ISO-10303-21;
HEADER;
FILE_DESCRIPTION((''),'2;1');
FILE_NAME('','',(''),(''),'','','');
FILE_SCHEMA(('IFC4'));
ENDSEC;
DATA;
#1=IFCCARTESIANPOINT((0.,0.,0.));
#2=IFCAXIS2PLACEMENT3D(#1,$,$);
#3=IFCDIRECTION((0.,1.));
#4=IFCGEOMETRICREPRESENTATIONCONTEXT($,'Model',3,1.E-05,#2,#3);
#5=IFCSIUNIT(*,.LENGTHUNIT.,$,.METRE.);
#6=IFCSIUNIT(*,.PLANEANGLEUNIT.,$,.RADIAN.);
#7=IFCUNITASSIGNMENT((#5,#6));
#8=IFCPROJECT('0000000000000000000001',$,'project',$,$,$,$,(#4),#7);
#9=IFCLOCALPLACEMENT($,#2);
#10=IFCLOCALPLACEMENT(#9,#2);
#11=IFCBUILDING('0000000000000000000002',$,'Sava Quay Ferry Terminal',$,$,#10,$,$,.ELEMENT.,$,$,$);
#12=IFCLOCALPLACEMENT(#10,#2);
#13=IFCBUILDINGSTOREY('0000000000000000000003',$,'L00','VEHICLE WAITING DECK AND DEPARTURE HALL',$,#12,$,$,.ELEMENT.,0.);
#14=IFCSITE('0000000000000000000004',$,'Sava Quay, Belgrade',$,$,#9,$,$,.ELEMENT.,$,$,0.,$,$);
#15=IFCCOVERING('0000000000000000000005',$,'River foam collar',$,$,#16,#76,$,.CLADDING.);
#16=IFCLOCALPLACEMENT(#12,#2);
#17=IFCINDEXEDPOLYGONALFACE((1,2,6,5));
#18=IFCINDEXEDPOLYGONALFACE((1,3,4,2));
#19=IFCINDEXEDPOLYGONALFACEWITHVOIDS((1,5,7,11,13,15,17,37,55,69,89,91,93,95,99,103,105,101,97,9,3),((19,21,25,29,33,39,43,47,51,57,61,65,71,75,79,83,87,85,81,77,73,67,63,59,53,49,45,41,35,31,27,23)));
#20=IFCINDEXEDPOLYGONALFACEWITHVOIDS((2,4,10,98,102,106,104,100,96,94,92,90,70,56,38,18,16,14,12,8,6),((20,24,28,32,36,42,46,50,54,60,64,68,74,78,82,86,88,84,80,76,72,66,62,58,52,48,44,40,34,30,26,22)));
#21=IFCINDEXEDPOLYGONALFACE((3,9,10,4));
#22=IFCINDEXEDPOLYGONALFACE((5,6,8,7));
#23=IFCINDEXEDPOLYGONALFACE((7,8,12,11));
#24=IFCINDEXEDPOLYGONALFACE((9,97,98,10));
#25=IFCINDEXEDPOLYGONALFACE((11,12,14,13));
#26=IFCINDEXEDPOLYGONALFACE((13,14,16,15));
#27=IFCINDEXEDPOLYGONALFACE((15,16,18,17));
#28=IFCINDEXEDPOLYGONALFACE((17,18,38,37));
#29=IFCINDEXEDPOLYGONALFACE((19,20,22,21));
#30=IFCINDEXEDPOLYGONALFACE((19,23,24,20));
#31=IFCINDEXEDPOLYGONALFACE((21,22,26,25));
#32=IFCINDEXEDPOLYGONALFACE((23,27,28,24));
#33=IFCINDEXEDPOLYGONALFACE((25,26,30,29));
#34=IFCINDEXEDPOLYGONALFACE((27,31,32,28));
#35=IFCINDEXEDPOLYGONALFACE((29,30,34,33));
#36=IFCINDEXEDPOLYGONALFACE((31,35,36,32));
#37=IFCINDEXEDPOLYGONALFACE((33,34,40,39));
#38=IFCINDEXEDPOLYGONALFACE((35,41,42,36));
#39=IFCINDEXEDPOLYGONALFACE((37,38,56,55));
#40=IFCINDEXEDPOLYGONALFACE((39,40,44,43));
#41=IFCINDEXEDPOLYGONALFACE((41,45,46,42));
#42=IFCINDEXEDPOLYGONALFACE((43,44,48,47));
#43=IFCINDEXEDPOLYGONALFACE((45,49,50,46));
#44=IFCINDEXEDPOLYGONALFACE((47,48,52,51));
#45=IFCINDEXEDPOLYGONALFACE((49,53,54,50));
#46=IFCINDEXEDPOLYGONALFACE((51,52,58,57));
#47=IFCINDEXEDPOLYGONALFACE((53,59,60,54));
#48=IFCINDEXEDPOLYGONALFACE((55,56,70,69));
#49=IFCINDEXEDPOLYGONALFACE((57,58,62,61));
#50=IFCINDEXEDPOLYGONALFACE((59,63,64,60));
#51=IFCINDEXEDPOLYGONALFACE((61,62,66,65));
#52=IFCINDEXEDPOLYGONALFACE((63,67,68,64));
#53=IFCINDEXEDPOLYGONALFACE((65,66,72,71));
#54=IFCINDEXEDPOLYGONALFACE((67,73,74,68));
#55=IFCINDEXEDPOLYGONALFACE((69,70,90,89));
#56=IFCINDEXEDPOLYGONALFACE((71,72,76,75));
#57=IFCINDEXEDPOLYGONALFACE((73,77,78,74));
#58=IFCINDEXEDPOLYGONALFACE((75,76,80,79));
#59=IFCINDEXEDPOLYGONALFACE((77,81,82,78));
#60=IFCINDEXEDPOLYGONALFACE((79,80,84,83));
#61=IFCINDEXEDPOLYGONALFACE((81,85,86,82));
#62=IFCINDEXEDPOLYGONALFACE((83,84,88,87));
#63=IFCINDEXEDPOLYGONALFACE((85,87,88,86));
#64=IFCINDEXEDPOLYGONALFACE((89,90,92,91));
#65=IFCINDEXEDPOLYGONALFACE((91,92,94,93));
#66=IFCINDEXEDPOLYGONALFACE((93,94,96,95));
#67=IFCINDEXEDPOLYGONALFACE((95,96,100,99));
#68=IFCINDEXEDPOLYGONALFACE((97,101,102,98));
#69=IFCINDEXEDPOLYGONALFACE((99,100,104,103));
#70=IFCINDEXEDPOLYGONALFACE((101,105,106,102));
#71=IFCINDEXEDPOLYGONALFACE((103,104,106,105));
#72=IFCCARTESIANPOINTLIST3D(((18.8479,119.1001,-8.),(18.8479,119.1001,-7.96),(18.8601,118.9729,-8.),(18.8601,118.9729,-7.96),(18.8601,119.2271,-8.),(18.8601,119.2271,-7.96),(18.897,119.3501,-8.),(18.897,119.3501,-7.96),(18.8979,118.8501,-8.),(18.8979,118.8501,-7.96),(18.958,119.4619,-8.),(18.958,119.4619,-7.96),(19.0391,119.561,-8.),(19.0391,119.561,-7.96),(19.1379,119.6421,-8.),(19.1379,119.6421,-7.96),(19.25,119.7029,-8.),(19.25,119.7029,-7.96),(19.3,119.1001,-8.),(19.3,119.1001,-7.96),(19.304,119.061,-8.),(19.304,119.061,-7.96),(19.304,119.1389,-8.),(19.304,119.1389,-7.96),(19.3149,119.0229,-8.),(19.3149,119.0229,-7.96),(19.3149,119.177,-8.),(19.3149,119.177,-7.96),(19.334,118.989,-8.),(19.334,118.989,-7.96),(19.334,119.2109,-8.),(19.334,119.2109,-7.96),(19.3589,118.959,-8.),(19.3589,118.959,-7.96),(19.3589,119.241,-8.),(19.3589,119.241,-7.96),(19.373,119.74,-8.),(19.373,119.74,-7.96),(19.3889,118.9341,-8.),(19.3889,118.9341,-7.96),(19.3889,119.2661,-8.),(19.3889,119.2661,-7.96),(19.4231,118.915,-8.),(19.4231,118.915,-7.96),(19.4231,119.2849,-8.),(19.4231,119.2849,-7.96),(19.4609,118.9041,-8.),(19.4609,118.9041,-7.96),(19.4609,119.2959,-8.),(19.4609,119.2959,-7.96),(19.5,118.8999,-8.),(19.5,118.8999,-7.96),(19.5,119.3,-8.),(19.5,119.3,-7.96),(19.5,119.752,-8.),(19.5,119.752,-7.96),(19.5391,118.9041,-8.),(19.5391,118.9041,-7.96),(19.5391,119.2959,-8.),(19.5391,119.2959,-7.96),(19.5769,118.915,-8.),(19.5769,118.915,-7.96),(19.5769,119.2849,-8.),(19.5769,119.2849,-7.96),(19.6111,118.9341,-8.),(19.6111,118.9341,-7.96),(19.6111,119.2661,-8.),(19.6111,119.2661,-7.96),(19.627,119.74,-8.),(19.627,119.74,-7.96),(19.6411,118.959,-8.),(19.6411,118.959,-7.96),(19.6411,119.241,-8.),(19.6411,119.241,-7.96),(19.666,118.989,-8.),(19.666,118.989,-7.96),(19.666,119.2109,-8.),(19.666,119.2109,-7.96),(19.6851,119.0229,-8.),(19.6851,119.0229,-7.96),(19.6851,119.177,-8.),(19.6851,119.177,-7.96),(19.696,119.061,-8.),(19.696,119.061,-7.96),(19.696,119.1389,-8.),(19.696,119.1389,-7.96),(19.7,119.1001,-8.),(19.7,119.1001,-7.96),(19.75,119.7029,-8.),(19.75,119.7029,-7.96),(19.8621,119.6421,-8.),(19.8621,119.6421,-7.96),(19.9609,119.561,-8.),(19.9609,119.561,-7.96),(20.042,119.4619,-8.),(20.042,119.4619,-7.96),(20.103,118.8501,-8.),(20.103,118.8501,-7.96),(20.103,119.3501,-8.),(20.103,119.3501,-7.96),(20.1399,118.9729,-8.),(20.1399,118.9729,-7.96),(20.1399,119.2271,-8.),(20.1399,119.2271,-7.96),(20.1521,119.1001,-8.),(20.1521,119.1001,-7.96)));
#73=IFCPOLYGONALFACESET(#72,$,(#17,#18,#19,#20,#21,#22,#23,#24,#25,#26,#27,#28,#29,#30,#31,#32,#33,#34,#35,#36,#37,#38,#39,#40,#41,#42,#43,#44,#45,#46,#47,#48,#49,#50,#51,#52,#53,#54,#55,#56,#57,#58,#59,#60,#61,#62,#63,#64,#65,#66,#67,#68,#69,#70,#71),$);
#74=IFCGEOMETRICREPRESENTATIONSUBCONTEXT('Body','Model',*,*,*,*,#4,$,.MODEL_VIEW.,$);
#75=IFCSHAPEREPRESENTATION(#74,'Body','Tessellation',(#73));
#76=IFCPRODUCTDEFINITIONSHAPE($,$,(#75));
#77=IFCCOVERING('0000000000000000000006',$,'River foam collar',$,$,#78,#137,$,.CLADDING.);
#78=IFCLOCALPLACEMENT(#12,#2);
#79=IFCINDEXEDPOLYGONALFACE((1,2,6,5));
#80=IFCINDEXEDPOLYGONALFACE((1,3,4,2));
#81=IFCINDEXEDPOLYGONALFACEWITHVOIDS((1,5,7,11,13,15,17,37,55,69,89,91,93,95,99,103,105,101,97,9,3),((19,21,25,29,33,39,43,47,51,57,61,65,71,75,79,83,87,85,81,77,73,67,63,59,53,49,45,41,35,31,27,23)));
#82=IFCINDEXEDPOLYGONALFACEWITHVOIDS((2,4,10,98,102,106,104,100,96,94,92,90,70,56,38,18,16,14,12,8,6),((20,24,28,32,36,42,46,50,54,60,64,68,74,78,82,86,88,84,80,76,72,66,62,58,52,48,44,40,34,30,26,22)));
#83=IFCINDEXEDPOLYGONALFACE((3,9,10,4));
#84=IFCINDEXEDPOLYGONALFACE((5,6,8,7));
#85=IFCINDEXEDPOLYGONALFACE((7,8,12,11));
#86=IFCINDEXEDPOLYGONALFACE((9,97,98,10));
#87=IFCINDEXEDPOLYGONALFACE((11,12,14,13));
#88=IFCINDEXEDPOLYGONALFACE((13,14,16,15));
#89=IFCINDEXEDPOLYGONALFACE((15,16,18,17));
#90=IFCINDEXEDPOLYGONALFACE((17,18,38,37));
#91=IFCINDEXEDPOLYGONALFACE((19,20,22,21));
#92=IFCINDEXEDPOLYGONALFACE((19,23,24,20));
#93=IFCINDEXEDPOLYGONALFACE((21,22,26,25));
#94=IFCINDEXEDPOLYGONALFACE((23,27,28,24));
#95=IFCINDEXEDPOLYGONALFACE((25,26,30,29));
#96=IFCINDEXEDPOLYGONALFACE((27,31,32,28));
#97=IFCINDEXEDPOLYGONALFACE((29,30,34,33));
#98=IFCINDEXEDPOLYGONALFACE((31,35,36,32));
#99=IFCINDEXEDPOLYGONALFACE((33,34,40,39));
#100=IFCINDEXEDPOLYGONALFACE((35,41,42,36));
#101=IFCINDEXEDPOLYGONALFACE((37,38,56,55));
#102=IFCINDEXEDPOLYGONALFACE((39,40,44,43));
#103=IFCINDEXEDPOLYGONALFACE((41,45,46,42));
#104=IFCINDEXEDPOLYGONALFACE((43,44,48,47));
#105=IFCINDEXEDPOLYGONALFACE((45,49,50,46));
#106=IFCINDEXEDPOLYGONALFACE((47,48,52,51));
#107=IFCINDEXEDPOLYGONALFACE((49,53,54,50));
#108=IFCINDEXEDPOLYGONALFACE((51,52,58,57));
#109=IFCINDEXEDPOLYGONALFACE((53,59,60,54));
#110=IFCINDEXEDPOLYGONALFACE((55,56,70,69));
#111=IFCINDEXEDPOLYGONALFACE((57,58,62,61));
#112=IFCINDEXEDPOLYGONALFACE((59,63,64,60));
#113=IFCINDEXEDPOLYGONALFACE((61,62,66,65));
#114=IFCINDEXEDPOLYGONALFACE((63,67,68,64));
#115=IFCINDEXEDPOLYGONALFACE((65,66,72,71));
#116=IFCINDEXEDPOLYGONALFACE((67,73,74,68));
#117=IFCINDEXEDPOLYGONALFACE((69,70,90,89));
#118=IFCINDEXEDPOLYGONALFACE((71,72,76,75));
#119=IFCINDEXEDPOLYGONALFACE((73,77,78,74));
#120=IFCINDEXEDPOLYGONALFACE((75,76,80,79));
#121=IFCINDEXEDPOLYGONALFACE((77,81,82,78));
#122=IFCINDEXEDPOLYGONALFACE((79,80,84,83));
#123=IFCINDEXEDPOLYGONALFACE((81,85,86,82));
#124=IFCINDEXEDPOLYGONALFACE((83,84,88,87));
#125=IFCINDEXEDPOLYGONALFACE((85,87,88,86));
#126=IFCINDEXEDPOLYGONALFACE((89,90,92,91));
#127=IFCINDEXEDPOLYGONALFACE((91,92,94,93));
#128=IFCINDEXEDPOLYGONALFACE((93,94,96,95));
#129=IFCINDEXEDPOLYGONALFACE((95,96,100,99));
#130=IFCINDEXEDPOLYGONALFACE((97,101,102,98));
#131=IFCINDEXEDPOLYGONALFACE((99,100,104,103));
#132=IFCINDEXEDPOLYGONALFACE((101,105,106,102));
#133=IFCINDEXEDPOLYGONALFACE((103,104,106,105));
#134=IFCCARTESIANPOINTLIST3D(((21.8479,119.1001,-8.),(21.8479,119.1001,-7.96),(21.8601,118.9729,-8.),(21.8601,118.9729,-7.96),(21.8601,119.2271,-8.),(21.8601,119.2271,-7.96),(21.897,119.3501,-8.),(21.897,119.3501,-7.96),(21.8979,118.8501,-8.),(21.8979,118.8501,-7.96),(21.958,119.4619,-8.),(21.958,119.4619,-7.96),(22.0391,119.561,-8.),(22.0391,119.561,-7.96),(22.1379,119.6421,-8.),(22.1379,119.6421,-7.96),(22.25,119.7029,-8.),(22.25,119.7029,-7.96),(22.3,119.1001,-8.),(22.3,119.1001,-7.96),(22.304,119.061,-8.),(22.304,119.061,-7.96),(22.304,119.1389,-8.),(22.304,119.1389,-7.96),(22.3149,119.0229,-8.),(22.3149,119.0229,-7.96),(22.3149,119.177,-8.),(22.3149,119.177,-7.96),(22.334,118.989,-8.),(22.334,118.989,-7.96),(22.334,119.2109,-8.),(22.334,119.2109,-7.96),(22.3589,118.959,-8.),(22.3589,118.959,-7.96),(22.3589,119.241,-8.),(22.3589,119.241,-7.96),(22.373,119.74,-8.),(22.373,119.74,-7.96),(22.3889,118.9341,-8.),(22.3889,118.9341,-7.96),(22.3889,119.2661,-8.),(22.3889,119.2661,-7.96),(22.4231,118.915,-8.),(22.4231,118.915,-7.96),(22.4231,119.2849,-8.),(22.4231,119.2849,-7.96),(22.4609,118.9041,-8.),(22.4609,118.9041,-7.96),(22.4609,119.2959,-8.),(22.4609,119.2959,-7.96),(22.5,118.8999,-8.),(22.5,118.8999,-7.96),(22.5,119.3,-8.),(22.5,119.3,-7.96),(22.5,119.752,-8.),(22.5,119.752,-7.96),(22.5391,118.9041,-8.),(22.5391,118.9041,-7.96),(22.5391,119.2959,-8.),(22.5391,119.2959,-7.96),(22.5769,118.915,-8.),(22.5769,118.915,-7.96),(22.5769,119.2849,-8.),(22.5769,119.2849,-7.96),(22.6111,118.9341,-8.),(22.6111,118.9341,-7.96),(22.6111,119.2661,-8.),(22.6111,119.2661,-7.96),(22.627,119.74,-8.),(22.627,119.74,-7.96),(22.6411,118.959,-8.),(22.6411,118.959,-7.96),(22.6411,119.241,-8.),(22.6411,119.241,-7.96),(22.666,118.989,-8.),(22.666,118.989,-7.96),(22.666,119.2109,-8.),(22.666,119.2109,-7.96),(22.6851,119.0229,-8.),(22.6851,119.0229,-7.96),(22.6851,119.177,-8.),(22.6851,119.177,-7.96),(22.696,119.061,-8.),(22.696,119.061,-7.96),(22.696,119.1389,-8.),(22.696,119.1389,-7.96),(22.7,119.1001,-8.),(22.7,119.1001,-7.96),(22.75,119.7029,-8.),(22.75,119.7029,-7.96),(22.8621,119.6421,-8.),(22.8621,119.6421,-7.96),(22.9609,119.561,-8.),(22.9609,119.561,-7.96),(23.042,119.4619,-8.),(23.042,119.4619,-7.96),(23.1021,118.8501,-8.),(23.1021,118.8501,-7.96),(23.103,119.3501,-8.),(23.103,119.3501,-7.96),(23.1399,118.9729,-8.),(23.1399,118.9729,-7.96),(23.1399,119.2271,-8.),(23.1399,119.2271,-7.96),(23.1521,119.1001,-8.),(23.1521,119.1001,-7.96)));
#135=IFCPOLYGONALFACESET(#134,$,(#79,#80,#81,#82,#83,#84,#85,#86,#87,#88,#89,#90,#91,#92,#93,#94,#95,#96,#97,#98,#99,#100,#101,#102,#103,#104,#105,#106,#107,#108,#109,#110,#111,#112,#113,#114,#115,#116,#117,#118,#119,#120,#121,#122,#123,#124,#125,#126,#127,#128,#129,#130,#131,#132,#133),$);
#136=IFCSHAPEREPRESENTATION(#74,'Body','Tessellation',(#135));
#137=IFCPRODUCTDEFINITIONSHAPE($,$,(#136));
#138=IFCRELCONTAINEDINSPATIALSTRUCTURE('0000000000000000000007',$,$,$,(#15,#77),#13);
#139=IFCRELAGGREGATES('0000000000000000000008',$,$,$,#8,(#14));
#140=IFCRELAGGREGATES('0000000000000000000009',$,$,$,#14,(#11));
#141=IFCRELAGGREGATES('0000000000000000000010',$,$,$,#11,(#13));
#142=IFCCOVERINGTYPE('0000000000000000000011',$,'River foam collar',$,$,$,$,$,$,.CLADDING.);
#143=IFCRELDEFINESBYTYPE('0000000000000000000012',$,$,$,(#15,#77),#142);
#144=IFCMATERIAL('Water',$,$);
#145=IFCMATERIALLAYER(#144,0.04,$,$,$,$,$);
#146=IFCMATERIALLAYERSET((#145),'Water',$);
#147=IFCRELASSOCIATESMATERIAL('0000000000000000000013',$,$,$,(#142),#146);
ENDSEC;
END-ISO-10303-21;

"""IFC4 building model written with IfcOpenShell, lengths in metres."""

from ifc_helpers import new_model, si_unit, direction, frame, origin, place, context, subcontext, project, spatial, polyline, outline, extrude, material, layer, layer_set, type_object, element, save


model = new_model("IFC4")

# Units and contexts
model_context = context("Model", 3, precision=1e-05, world=origin(), true_north=direction((0.0, 1.0)))
body_context = subcontext(model_context, "Body", "Model", "MODEL_VIEW")
ifc_project = project(units=[si_unit("LENGTHUNIT", "METRE"), si_unit("PLANEANGLEUNIT", "RADIAN")], contexts=[model_context])

# Site, building, storey
site_placement = place(None, origin())
site = spatial("IfcSite", under=ifc_project, at=site_placement, Name="Sava Quay, Belgrade", CompositionType="ELEMENT", RefElevation=0.0)
building_placement = place(site_placement, origin())
building = spatial("IfcBuilding", under=site, at=building_placement, Name="Sava Quay Ferry Terminal", CompositionType="ELEMENT")
storey_placement = place(building_placement, origin())
storey = spatial("IfcBuildingStorey", under=building, at=storey_placement, Name="L00", Description="VEHICLE WAITING DECK AND DEPARTURE HALL", CompositionType="ELEMENT", Elevation=0.0)

# Coverings
ifc_material_1 = material(Name="Water")
ifc_layer_1 = layer(ifc_material_1, 0.04)
ifc_layer_set_1 = layer_set([ifc_layer_1], Name="Water")
covering_type_1 = type_object("IfcCoveringType", Name="River foam collar", PredefinedType="CLADDING", material=ifc_layer_set_1)
covering_1_placement = place(storey_placement, frame((0.0, 0.0, -8.0)))
element("IfcCovering", 1, at=covering_1_placement, inside=storey, type_object=covering_type_1, Name="River foam collar", PredefinedType="CLADDING", context=body_context, shape_type="SweptSolid", body=[
    extrude(outline(polyline([(18.897, 119.3501), (18.8601, 119.2271), (18.8479, 119.1001), (18.8601, 118.9729), (18.8979, 118.8501), (20.103, 118.8501), (20.1399, 118.9729), (20.1521, 119.1001), (20.1399, 119.2271), (20.103, 119.3501), (20.042, 119.4619), (19.9609, 119.561), (19.8621, 119.6421), (19.75, 119.7029), (19.627, 119.74), (19.5, 119.752), (19.373, 119.74), (19.25, 119.7029), (19.1379, 119.6421), (19.0391, 119.561), (18.958, 119.4619), (18.897, 119.3501)]), holes=[polyline([(19.6111, 119.2661), (19.6411, 119.241), (19.666, 119.2109), (19.6851, 119.177), (19.696, 119.1389), (19.7, 119.1001), (19.696, 119.061), (19.6851, 119.0229), (19.666, 118.989), (19.6411, 118.959), (19.6111, 118.9341), (19.5769, 118.915), (19.5391, 118.9041), (19.5, 118.8999), (19.4609, 118.9041), (19.4231, 118.915), (19.3889, 118.9341), (19.3589, 118.959), (19.334, 118.989), (19.3149, 119.0229), (19.304, 119.061), (19.3, 119.1001), (19.304, 119.1389), (19.3149, 119.177), (19.334, 119.2109), (19.3589, 119.241), (19.3889, 119.2661), (19.4231, 119.2849), (19.4609, 119.2959), (19.5, 119.3), (19.5391, 119.2959), (19.5769, 119.2849), (19.6111, 119.2661)])]), origin(), (0.0, 0.0, 1.0), 0.04),
])
covering_2_placement = place(storey_placement, frame((0.0, 0.0, -8.0)))
element("IfcCovering", 2, at=covering_2_placement, inside=storey, type_object=covering_type_1, Name="River foam collar", PredefinedType="CLADDING", context=body_context, shape_type="SweptSolid", body=[
    extrude(outline(polyline([(21.958, 119.4619), (21.897, 119.3501), (21.8601, 119.2271), (21.8479, 119.1001), (21.8601, 118.9729), (21.8979, 118.8501), (23.1021, 118.8501), (23.1399, 118.9729), (23.1521, 119.1001), (23.1399, 119.2271), (23.103, 119.3501), (23.042, 119.4619), (22.9609, 119.561), (22.8621, 119.6421), (22.75, 119.7029), (22.627, 119.74), (22.5, 119.752), (22.373, 119.74), (22.25, 119.7029), (22.1379, 119.6421), (22.0391, 119.561), (21.958, 119.4619)]), holes=[polyline([(22.5769, 119.2849), (22.6111, 119.2661), (22.6411, 119.241), (22.666, 119.2109), (22.6851, 119.177), (22.696, 119.1389), (22.7, 119.1001), (22.696, 119.061), (22.6851, 119.0229), (22.666, 118.989), (22.6411, 118.959), (22.6111, 118.9341), (22.5769, 118.915), (22.5391, 118.9041), (22.5, 118.8999), (22.4609, 118.9041), (22.4231, 118.915), (22.3889, 118.9341), (22.3589, 118.959), (22.334, 118.989), (22.3149, 119.0229), (22.304, 119.061), (22.3, 119.1001), (22.304, 119.1389), (22.3149, 119.177), (22.334, 119.2109), (22.3589, 119.241), (22.3889, 119.2661), (22.4231, 119.2849), (22.4609, 119.2959), (22.5, 119.3), (22.5391, 119.2959), (22.5769, 119.2849)])]), origin(), (0.0, 0.0, 1.0), 0.04),
])

save(model, "model.ifc")
